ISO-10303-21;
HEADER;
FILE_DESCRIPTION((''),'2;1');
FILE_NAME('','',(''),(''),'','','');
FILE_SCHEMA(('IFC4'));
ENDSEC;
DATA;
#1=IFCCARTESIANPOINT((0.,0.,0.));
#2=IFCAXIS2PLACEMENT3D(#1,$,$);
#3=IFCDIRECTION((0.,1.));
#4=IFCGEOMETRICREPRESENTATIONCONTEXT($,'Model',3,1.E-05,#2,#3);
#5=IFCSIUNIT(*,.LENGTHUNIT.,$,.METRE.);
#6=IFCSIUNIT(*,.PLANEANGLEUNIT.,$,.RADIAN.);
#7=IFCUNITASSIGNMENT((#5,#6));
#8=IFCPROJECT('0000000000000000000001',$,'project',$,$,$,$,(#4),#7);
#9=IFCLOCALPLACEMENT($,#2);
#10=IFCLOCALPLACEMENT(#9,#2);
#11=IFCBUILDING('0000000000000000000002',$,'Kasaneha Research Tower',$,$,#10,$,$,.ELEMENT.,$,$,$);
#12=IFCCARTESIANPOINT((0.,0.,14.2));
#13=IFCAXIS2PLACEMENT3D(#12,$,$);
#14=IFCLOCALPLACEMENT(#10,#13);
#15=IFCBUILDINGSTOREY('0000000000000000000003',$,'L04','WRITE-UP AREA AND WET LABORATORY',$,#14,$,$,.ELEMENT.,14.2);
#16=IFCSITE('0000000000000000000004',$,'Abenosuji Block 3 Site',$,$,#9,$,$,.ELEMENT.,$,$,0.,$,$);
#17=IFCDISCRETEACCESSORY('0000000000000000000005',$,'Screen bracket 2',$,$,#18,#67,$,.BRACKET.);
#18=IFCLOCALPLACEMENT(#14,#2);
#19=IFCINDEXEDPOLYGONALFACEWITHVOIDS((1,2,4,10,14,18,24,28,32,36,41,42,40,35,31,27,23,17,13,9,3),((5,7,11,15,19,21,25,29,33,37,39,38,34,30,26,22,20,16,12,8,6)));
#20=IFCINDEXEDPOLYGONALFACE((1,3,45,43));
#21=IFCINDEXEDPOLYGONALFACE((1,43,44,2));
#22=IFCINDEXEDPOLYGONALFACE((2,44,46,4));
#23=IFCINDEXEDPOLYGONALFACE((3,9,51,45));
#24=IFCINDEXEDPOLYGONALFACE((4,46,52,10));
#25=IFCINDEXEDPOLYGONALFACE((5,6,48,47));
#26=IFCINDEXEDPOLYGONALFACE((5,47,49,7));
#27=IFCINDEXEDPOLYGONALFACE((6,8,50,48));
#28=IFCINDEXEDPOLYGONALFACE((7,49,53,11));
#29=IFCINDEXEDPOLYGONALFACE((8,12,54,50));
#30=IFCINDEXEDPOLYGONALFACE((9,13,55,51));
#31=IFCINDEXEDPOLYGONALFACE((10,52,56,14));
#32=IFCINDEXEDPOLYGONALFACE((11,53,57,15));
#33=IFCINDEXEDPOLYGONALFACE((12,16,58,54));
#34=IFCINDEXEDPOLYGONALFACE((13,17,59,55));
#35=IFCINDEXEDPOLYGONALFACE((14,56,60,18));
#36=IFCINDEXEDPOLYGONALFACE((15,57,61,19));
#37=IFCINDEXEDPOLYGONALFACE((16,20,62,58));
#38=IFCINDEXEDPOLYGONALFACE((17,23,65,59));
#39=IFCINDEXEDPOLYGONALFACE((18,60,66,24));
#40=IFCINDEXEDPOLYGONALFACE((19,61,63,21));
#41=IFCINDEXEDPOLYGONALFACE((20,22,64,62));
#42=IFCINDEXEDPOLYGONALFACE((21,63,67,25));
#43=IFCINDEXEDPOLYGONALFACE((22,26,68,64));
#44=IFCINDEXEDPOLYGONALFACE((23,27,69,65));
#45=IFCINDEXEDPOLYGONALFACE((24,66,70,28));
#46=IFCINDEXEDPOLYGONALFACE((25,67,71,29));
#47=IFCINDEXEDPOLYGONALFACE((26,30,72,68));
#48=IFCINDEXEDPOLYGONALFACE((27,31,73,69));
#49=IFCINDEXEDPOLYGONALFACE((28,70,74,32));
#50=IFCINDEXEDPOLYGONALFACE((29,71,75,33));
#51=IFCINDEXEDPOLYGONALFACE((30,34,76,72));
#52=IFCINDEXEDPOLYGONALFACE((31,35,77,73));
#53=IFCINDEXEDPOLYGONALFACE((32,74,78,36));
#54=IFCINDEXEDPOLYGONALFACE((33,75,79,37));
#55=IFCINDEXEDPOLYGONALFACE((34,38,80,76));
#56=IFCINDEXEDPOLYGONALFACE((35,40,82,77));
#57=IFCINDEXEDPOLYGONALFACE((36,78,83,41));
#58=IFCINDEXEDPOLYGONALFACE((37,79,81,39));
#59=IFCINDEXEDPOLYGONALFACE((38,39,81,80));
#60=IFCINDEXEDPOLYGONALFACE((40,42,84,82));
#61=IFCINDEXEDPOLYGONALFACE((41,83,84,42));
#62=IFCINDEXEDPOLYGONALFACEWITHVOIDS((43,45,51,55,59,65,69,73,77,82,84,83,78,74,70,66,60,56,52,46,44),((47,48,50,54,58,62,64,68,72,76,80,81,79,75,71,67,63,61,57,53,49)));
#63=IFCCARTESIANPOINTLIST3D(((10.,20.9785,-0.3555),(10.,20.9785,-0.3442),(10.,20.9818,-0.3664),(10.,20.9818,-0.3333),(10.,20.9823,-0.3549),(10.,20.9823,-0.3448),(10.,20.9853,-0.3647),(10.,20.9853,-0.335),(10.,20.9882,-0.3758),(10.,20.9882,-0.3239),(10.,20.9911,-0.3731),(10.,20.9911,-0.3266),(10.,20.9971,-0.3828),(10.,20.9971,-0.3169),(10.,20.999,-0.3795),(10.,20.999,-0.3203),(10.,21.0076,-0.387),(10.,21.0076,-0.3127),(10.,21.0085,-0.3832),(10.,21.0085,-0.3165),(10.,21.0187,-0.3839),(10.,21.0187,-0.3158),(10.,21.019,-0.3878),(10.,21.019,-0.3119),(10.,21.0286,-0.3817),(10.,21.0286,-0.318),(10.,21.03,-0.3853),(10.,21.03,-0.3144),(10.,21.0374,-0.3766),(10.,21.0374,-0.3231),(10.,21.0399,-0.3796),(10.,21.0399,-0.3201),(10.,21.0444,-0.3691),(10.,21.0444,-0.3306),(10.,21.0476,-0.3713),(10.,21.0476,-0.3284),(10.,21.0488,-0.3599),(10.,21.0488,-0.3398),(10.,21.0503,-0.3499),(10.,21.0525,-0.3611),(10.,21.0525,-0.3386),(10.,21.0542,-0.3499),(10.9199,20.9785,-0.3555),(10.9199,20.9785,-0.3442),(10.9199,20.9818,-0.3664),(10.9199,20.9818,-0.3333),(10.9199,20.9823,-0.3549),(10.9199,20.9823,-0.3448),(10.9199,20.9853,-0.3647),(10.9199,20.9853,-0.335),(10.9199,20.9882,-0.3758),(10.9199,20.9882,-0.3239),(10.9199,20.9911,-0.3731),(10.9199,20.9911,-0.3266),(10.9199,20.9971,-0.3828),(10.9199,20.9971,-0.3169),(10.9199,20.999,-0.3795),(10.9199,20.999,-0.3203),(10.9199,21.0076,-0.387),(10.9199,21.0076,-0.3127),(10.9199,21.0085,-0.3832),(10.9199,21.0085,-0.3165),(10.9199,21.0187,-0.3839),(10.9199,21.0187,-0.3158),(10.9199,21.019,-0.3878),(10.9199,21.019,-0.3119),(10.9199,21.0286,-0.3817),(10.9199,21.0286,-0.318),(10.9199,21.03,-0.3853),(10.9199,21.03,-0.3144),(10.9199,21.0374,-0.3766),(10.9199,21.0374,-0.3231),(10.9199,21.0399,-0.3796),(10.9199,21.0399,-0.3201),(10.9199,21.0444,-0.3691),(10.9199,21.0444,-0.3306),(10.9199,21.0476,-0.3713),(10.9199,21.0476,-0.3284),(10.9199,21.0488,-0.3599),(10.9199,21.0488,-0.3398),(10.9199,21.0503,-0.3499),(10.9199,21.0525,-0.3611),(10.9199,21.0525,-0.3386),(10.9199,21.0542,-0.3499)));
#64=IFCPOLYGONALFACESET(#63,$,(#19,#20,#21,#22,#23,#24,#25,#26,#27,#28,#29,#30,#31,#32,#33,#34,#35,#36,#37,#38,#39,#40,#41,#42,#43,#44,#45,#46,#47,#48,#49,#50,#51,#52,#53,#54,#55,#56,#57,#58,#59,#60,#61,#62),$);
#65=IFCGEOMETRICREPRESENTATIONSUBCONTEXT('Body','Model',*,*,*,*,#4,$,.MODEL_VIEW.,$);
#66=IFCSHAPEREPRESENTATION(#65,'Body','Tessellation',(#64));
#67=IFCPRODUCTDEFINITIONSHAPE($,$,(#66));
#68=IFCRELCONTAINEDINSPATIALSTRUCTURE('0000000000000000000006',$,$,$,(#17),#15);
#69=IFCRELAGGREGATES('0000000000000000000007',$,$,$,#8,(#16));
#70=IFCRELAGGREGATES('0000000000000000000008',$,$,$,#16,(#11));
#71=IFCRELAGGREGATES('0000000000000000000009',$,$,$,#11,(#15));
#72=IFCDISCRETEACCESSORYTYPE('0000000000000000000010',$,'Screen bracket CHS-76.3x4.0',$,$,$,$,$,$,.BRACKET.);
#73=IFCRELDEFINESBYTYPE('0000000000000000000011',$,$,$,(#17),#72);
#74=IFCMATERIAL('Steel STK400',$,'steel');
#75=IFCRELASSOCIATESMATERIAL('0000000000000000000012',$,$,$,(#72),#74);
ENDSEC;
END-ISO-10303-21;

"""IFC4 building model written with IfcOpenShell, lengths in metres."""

from ifc_helpers import new_model, si_unit, direction, frame, origin, origin_2d, place, context, subcontext, project, spatial, hollow_circle, extrude, material, material_profile, profile_set, type_object, element, save


model = new_model("IFC4")

# Units and contexts
model_context = context("Model", 3, precision=1e-05, world=origin(), true_north=direction((0.0, 1.0)))
body_context = subcontext(model_context, "Body", "Model", "MODEL_VIEW")
ifc_project = project(units=[si_unit("LENGTHUNIT", "METRE"), si_unit("PLANEANGLEUNIT", "RADIAN")], contexts=[model_context])

# Site, building, storey
site_placement = place(None, origin())
site = spatial("IfcSite", under=ifc_project, at=site_placement, Name="Abenosuji Block 3 Site", CompositionType="ELEMENT", RefElevation=0.0)
building_placement = place(site_placement, origin())
building = spatial("IfcBuilding", under=site, at=building_placement, Name="Kasaneha Research Tower", CompositionType="ELEMENT")
storey_placement = place(building_placement, frame((0.0, 0.0, 14.2)))
storey = spatial("IfcBuildingStorey", under=building, at=storey_placement, Name="L04", Description="WRITE-UP AREA AND WET LABORATORY", CompositionType="ELEMENT", Elevation=14.2)

# Discrete accessory
ifc_material_1 = material(Name="Steel STK400", Category="steel")
ifc_material_profile_1 = material_profile(ifc_material_1, hollow_circle(Radius=0.0381, WallThickness=0.0039, at=origin_2d()), Name="CHS-76.3x4.0")
ifc_profile_set_1 = profile_set([ifc_material_profile_1], Name="Steel STK400")
discrete_accessory_type = type_object("IfcDiscreteAccessoryType", Name="Screen bracket CHS-76.3x4.0", PredefinedType="BRACKET", material=ifc_profile_set_1)
for number, where, z_axis, x_axis, name in (
    (1, (10.0, 21.0161, -0.3499), (1.0, 0.0, 0.0), (0.0, 1.0, 0.0), "Screen bracket 2"),
):
    element("IfcDiscreteAccessory", number, at=place(storey_placement, frame(where, z_axis=z_axis, x_axis=x_axis)), inside=storey, type_object=discrete_accessory_type, Name=name, PredefinedType="BRACKET", context=body_context, shape_type="SweptSolid", body=[
        extrude(hollow_circle(Radius=0.0381, WallThickness=0.0039, at=origin_2d()), origin(), (0.0, 0.0, 1.0), 0.9199),
    ])

save(model, "model.ifc")
